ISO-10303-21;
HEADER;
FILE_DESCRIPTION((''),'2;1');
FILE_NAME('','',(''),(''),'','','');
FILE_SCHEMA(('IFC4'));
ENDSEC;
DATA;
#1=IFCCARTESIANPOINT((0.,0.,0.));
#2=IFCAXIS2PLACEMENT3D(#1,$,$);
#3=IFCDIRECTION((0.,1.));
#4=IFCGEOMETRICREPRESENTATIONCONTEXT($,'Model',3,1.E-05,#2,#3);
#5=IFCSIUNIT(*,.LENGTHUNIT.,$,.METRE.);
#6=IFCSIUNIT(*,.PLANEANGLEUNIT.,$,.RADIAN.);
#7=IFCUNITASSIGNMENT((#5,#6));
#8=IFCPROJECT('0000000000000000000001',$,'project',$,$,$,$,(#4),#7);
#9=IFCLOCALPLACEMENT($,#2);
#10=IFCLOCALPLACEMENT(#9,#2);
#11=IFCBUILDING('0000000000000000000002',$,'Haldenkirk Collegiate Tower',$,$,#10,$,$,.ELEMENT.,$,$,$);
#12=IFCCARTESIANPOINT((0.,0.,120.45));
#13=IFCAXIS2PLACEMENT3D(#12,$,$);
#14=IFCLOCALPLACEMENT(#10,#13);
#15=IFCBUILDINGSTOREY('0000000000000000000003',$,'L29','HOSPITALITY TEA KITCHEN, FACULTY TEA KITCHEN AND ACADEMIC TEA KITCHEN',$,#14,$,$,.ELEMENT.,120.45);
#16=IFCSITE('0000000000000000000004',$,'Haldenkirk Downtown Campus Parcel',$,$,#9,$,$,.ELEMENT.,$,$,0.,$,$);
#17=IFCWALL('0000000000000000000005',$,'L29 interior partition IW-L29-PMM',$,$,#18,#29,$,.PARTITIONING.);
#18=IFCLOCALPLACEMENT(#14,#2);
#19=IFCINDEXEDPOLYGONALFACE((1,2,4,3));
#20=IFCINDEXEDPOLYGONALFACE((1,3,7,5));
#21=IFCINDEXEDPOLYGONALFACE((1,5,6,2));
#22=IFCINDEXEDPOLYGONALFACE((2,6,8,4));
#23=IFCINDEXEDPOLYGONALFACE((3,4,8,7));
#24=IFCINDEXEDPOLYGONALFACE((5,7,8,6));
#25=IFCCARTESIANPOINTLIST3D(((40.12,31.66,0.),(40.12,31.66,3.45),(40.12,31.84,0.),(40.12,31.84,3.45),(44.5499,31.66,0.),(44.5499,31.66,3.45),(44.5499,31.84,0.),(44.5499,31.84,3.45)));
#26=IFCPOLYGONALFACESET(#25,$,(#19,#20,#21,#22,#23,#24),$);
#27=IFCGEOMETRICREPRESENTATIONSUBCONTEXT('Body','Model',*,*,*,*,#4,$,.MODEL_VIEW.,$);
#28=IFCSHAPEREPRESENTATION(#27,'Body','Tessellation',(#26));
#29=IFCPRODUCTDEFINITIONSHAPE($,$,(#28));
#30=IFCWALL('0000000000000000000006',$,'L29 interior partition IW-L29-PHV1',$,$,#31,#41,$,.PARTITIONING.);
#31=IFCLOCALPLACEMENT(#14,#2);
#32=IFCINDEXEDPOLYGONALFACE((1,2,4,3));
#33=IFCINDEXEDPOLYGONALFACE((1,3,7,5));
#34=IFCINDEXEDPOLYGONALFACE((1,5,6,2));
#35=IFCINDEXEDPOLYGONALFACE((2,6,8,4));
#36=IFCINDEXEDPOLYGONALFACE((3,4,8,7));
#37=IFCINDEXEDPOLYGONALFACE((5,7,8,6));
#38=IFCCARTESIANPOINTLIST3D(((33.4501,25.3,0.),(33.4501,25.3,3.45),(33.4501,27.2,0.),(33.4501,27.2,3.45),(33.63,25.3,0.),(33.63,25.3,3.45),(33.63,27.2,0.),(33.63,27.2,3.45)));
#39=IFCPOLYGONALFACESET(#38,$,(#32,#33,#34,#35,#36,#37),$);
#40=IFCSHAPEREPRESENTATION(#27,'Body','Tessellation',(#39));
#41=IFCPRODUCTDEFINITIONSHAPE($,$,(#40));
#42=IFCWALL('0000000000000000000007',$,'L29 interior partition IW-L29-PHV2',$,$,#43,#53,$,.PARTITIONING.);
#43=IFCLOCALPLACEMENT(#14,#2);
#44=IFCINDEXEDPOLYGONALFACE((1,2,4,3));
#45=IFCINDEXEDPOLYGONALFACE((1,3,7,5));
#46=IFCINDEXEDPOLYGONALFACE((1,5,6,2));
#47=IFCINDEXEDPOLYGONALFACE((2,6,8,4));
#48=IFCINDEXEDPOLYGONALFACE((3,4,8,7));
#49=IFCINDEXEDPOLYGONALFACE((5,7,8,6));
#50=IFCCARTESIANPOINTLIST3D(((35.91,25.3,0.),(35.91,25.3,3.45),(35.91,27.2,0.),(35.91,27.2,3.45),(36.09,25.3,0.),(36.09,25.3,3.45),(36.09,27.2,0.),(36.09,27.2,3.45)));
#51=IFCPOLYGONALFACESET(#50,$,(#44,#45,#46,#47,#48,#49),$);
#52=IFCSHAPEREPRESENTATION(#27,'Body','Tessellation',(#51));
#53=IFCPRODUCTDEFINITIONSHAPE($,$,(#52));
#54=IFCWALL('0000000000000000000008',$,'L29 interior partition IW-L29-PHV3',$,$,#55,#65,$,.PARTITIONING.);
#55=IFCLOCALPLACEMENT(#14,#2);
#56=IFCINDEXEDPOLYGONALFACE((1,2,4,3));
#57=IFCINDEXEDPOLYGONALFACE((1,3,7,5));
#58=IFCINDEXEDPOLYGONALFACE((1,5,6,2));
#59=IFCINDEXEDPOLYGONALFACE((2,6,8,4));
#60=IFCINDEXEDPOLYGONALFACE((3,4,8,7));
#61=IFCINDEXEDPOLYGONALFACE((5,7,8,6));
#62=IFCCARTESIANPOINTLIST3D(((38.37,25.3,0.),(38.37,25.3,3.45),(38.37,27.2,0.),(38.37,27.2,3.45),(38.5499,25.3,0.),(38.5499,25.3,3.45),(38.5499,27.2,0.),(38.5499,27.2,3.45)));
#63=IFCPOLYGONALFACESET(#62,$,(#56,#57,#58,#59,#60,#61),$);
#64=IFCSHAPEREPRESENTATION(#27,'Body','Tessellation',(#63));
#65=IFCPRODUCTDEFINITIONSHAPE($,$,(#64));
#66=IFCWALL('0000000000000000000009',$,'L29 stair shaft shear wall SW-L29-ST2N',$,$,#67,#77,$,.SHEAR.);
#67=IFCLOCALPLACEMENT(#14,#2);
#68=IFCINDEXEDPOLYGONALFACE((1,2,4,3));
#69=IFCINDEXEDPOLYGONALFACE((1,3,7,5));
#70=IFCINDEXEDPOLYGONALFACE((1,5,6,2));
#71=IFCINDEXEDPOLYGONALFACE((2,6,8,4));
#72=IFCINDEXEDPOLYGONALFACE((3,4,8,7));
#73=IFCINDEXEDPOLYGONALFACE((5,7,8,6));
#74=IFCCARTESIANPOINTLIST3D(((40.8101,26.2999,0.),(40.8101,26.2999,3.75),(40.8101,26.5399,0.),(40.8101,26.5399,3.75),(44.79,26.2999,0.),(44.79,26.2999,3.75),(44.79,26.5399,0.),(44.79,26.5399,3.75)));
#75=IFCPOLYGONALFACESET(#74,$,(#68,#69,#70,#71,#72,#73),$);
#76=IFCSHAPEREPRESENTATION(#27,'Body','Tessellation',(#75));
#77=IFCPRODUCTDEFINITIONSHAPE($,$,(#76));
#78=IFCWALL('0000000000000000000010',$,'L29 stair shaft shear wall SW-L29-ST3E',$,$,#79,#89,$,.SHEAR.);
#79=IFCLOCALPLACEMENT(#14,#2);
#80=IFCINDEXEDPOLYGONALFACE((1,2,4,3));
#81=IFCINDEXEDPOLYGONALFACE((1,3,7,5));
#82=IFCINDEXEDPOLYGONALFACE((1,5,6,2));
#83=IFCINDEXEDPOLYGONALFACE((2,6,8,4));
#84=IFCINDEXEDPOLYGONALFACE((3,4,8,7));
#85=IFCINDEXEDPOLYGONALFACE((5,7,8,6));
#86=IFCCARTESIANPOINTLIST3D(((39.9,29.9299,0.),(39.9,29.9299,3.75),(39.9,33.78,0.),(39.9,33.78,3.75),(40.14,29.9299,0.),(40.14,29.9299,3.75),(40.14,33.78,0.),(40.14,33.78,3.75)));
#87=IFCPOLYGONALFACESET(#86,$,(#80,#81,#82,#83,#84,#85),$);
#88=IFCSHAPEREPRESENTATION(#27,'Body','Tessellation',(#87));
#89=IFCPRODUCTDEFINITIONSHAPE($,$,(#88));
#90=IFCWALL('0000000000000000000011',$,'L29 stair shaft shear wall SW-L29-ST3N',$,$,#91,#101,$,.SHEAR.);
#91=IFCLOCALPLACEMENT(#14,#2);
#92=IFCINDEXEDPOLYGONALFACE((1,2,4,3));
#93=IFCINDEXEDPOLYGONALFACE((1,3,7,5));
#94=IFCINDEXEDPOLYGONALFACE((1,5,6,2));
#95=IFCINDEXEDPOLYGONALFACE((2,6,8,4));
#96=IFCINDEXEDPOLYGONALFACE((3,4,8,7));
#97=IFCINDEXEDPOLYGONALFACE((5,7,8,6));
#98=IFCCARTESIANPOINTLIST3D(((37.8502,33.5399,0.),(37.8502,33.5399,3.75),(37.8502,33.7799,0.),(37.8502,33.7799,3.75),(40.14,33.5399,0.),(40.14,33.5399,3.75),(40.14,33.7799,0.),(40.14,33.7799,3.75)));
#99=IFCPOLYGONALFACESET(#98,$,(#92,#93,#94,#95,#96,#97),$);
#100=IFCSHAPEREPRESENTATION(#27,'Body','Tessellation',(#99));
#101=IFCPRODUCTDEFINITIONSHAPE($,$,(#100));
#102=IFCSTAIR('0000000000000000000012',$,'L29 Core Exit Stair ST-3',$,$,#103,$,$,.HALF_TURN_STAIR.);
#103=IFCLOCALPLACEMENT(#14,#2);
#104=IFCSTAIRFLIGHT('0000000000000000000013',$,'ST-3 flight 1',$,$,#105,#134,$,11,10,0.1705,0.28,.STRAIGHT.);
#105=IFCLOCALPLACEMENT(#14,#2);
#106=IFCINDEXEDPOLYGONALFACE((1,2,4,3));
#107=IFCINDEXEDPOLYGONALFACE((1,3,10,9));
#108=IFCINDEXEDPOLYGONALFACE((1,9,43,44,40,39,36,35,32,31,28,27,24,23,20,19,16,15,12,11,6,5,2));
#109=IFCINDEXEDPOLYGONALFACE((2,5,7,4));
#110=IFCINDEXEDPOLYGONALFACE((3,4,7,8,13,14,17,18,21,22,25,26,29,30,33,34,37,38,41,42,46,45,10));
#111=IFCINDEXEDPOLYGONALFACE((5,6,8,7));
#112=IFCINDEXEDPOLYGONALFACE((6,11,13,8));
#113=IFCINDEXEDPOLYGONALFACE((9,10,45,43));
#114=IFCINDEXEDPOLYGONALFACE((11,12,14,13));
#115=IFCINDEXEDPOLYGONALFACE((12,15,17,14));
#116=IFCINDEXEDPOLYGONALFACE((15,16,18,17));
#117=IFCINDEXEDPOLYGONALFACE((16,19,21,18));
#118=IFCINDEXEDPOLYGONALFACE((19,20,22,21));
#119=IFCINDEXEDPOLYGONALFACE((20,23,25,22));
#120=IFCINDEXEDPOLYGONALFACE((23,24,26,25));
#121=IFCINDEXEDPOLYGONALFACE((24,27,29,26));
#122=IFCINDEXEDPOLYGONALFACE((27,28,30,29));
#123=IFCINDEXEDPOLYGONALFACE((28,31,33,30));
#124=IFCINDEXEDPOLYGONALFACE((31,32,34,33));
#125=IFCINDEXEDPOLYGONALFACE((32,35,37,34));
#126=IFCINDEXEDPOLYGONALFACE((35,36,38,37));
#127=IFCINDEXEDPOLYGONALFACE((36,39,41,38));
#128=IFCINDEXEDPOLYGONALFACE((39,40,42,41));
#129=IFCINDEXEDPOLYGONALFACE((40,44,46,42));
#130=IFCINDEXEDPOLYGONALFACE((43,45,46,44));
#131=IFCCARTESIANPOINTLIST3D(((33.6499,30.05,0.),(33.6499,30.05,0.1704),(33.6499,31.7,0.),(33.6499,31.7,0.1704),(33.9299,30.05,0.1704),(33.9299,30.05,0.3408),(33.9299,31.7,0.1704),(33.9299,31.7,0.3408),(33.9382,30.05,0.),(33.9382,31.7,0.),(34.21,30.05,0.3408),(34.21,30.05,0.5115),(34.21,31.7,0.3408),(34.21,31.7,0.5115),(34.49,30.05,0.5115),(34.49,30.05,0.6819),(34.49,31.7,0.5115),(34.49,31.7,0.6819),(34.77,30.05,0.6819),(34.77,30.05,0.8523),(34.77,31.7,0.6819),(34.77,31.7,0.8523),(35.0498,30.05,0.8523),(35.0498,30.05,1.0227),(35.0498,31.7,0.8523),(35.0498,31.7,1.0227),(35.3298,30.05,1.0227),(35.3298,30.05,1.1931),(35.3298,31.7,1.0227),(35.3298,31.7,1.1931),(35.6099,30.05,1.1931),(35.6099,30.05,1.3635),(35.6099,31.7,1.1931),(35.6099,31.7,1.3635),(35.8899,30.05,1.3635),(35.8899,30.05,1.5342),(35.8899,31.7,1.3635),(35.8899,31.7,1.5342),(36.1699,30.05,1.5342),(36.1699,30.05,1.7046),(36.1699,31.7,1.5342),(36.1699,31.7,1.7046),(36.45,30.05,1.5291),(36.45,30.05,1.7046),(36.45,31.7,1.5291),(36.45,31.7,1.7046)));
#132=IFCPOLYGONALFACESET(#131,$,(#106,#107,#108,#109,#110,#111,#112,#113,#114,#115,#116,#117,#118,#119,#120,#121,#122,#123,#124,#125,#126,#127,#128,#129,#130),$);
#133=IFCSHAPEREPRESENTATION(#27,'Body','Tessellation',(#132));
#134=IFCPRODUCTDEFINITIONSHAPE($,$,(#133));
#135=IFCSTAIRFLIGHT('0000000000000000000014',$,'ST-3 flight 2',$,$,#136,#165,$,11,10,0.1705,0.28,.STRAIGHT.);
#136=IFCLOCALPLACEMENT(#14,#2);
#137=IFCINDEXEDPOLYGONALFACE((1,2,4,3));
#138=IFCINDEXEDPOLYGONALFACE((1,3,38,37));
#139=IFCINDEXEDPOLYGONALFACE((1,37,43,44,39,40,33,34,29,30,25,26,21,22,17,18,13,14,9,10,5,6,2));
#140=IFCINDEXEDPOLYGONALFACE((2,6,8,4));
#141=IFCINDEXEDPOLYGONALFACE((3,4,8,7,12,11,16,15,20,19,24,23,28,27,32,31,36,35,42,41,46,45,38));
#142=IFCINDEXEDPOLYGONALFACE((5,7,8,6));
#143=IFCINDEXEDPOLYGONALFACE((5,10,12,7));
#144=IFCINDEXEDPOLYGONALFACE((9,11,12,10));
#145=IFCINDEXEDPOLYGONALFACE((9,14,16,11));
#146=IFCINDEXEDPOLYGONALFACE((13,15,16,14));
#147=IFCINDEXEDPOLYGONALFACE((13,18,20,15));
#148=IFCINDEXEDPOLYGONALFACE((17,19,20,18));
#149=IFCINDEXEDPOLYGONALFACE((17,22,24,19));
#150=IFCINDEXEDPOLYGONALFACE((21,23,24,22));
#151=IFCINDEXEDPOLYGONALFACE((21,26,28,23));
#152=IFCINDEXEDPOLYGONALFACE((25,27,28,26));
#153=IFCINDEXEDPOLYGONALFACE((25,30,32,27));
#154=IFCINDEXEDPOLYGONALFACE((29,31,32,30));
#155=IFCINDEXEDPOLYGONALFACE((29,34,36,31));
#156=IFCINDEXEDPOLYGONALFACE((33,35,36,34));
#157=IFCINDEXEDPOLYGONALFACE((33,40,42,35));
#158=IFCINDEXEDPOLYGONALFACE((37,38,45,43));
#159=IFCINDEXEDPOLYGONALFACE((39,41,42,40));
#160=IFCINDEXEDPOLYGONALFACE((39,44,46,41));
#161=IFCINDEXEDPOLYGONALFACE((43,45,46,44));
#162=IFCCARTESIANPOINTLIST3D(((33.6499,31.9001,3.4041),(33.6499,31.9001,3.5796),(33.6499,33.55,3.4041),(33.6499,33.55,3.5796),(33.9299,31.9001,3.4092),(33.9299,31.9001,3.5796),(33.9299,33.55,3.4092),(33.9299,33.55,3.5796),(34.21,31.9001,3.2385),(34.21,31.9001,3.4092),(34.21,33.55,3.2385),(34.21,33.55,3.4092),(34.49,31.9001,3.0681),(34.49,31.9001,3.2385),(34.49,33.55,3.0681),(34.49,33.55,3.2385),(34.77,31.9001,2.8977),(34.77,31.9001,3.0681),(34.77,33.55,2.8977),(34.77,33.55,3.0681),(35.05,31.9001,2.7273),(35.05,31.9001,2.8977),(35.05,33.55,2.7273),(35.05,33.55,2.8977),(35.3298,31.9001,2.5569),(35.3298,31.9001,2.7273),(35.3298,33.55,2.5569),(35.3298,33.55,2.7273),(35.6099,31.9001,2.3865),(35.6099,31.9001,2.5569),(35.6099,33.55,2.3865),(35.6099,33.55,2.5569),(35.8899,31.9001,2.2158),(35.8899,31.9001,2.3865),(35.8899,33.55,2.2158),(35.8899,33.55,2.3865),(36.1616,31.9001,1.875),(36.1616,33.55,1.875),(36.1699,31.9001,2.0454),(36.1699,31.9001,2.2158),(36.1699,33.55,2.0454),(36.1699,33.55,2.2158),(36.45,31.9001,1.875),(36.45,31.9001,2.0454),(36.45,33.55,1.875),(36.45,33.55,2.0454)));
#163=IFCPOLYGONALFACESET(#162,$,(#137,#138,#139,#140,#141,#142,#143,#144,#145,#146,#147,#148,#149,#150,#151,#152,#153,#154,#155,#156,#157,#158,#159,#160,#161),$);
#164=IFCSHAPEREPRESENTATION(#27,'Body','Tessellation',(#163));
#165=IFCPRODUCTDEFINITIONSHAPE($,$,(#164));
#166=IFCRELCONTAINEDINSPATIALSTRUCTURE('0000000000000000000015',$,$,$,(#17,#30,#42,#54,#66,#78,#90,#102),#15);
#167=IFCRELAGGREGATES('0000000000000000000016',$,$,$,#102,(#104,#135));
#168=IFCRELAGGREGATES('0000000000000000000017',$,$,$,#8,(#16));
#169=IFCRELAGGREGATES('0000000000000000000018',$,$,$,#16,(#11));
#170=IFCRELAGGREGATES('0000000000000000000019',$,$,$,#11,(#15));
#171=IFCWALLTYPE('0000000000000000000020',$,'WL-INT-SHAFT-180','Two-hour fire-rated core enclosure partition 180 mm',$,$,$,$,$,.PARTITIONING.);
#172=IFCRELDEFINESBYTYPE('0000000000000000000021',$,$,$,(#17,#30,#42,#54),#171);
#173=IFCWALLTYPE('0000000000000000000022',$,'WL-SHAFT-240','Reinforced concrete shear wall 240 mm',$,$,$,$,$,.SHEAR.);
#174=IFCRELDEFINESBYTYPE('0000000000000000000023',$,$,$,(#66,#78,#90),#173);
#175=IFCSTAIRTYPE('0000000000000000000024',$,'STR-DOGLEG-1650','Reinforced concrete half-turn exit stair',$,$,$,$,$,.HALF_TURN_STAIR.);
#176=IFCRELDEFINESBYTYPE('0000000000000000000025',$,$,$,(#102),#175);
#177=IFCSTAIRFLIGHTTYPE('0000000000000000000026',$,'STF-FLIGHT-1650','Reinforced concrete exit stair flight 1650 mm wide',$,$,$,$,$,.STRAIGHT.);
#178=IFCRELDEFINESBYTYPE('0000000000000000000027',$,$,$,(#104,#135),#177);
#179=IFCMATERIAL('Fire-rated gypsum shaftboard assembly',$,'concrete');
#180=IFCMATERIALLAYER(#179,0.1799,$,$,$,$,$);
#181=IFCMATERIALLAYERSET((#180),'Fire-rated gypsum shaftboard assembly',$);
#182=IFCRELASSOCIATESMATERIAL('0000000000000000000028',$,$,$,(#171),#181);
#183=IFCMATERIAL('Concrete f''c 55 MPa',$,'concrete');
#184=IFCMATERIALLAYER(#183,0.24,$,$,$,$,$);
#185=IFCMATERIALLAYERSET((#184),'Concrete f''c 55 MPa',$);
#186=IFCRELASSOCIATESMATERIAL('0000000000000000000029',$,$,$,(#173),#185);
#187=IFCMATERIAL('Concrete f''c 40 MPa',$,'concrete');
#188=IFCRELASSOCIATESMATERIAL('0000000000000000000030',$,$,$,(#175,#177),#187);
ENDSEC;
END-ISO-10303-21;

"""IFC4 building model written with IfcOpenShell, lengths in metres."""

from ifc_helpers import new_model, si_unit, direction, frame, frame_2d, origin, place, context, subcontext, project, spatial, polyline, rectangle, outline, extrude, material, layer, layer_set, type_object, element, aggregate, save


model = new_model("IFC4")

# Units and contexts
model_context = context("Model", 3, precision=1e-05, world=origin(), true_north=direction((0.0, 1.0)))
body_context = subcontext(model_context, "Body", "Model", "MODEL_VIEW")
ifc_project = project(units=[si_unit("LENGTHUNIT", "METRE"), si_unit("PLANEANGLEUNIT", "RADIAN")], contexts=[model_context])

# Site, building, storey
site_placement = place(None, origin())
site = spatial("IfcSite", under=ifc_project, at=site_placement, Name="Haldenkirk Downtown Campus Parcel", CompositionType="ELEMENT", RefElevation=0.0)
building_placement = place(site_placement, origin())
building = spatial("IfcBuilding", under=site, at=building_placement, Name="Haldenkirk Collegiate Tower", CompositionType="ELEMENT")
storey_placement = place(building_placement, frame((0.0, 0.0, 120.45)))
storey = spatial("IfcBuildingStorey", under=building, at=storey_placement, Name="L29", Description="HOSPITALITY TEA KITCHEN, FACULTY TEA KITCHEN AND ACADEMIC TEA KITCHEN", CompositionType="ELEMENT", Elevation=120.45)

# Shared definitions
ifc_material_1 = material(Name="Fire-rated gypsum shaftboard assembly", Category="concrete")
ifc_layer_1 = layer(ifc_material_1, 0.1799)
ifc_layer_set_1 = layer_set([ifc_layer_1], Name="Fire-rated gypsum shaftboard assembly")
wall_type_1 = type_object("IfcWallType", Name="WL-INT-SHAFT-180", Description="Two-hour fire-rated core enclosure partition 180 mm", PredefinedType="PARTITIONING", material=ifc_layer_set_1)

# Walls
wall_1_placement = place(storey_placement, frame((40.1201, 31.75, 0.0), z_axis=(0.0, 0.0, 1.0), x_axis=(1.0, 0.0, 0.0)))
element("IfcWall", 1, at=wall_1_placement, inside=storey, type_object=wall_type_1, Name="L29 interior partition IW-L29-PMM", PredefinedType="PARTITIONING", context=body_context, shape_type="SweptSolid", body=[
    extrude(rectangle(XDim=4.4299, YDim=0.1799, at=frame_2d((2.2148, 0.0))), origin(), (0.0, 0.0, 1.0), 3.45),
])
for number, where, z_axis, x_axis, name in (
    (2, (33.54, 25.3, 0.0), (0.0, 0.0, 1.0), (0.0, 1.0, 0.0), "L29 interior partition IW-L29-PHV1"),
    (3, (36.0, 25.3, 0.0), (0.0, 0.0, 1.0), (0.0, 1.0, 0.0), "L29 interior partition IW-L29-PHV2"),
    (4, (38.46, 25.3, 0.0), (0.0, 0.0, 1.0), (0.0, 1.0, 0.0), "L29 interior partition IW-L29-PHV3"),
):
    element("IfcWall", number, at=place(storey_placement, frame(where, z_axis=z_axis, x_axis=x_axis)), inside=storey, type_object=wall_type_1, Name=name, PredefinedType="PARTITIONING", context=body_context, shape_type="SweptSolid", body=[
        extrude(rectangle(XDim=1.8999, YDim=0.1799, at=frame_2d((0.95, 0.0))), origin(), (0.0, 0.0, 1.0), 3.45),
    ])
ifc_material_2 = material(Name="Concrete f'c 55 MPa", Category="concrete")
ifc_layer_2 = layer(ifc_material_2, 0.24)
ifc_layer_set_2 = layer_set([ifc_layer_2], Name="Concrete f'c 55 MPa")
wall_type_2 = type_object("IfcWallType", Name="WL-SHAFT-240", Description="Reinforced concrete shear wall 240 mm", PredefinedType="SHEAR", material=ifc_layer_set_2)
wall_2_placement = place(storey_placement, frame((40.8101, 26.4199, 0.0), z_axis=(0.0, 0.0, 1.0), x_axis=(1.0, 0.0, 0.0)))
element("IfcWall", 5, at=wall_2_placement, inside=storey, type_object=wall_type_2, Name="L29 stair shaft shear wall SW-L29-ST2N", PredefinedType="SHEAR", context=body_context, shape_type="SweptSolid", body=[
    extrude(rectangle(XDim=3.98, YDim=0.24, at=frame_2d((1.99, 0.0))), origin(), (0.0, 0.0, 1.0), 3.75),
])
wall_3_placement = place(storey_placement, frame((40.02, 29.9299, 0.0), z_axis=(0.0, 0.0, 1.0), x_axis=(0.0, 1.0, 0.0)))
element("IfcWall", 6, at=wall_3_placement, inside=storey, type_object=wall_type_2, Name="L29 stair shaft shear wall SW-L29-ST3E", PredefinedType="SHEAR", context=body_context, shape_type="SweptSolid", body=[
    extrude(rectangle(XDim=3.8501, YDim=0.24, at=frame_2d((1.925, 0.0))), origin(), (0.0, 0.0, 1.0), 3.75),
])
wall_4_placement = place(storey_placement, frame((37.8501, 33.6599, 0.0), z_axis=(0.0, 0.0, 1.0), x_axis=(1.0, 0.0, 0.0)))
element("IfcWall", 7, at=wall_4_placement, inside=storey, type_object=wall_type_2, Name="L29 stair shaft shear wall SW-L29-ST3N", PredefinedType="SHEAR", context=body_context, shape_type="SweptSolid", body=[
    extrude(rectangle(XDim=2.2898, YDim=0.24, at=frame_2d((1.145, 0.0))), origin(), (0.0, 0.0, 1.0), 3.75),
])

# Stair, stair flights
ifc_material_3 = material(Name="Concrete f'c 40 MPa", Category="concrete")
stair_type = type_object("IfcStairType", Name="STR-DOGLEG-1650", Description="Reinforced concrete half-turn exit stair", PredefinedType="HALF_TURN_STAIR", material=ifc_material_3)
stair_placement = place(storey_placement, origin())
stair = element("IfcStair", 8, at=stair_placement, inside=storey, type_object=stair_type, Name="L29 Core Exit Stair ST-3", PredefinedType="HALF_TURN_STAIR")
stair_flight_type = type_object("IfcStairFlightType", Name="STF-FLIGHT-1650", Description="Reinforced concrete exit stair flight 1650 mm wide", PredefinedType="STRAIGHT", material=ifc_material_3)
stair_flight_1_placement = place(storey_placement, frame((33.6499, 30.875, 0.0), z_axis=(0.0, 0.0, 1.0), x_axis=(1.0, 0.0, 0.0)))
stair_flight_1 = element("IfcStairFlight", 9, at=stair_flight_1_placement, type_object=stair_flight_type, Name="ST-3 flight 1", NumberOfRisers=11, NumberOfTreads=10, PredefinedType="STRAIGHT", RiserHeight=0.1705, TreadLength=0.28, context=body_context, shape_type="SweptSolid", body=[
    extrude(outline(polyline([(0.0, 0.0), (0.0, 0.1704), (0.28, 0.1704), (0.28, 0.3408), (0.5601, 0.3408), (0.5601, 0.5115), (0.8401, 0.5115), (0.8401, 0.6819), (1.1201, 0.6819), (1.1201, 0.8523), (1.3999, 0.8523), (1.3999, 1.0227), (1.6799, 1.0227), (1.6799, 1.1931), (1.96, 1.1931), (1.96, 1.3635), (2.24, 1.3635), (2.24, 1.5342), (2.52, 1.5342), (2.52, 1.7046), (2.8, 1.7046), (2.8, 1.875), (2.8, 1.5291), (0.2883, 0.0), (0.0, 0.0)])), frame((0.0, 0.825, 0.0), z_axis=(0.0, -1.0, 0.0), x_axis=(1.0, 0.0, 0.0)), (0.0, 0.0, 1.0), 1.6499),
])
stair_flight_2_placement = place(storey_placement, frame((36.45, 32.7251, 1.875), z_axis=(0.0, 0.0, 1.0), x_axis=(-1.0, 0.0, 0.0)))
stair_flight_2 = element("IfcStairFlight", 10, at=stair_flight_2_placement, type_object=stair_flight_type, Name="ST-3 flight 2", NumberOfRisers=11, NumberOfTreads=10, PredefinedType="STRAIGHT", RiserHeight=0.1705, TreadLength=0.28, context=body_context, shape_type="SweptSolid", body=[
    extrude(outline(polyline([(0.0, 0.0), (0.0, 0.1704), (0.28, 0.1704), (0.28, 0.3408), (0.5601, 0.3408), (0.5601, 0.5115), (0.8401, 0.5115), (0.8401, 0.6819), (1.1201, 0.6819), (1.1201, 0.8523), (1.3999, 0.8523), (1.3999, 1.0227), (1.6799, 1.0227), (1.6799, 1.1931), (1.96, 1.1931), (1.96, 1.3635), (2.24, 1.3635), (2.24, 1.5342), (2.52, 1.5342), (2.52, 1.7046), (2.8, 1.7046), (2.8, 1.875), (2.8, 1.5291), (0.2883, 0.0), (0.0, 0.0)])), frame((0.0, 0.825, 0.0), z_axis=(0.0, -1.0, 0.0), x_axis=(1.0, 0.0, 0.0)), (0.0, 0.0, 1.0), 1.6499),
])
aggregate(stair, [stair_flight_1, stair_flight_2])

save(model, "model.ifc")
